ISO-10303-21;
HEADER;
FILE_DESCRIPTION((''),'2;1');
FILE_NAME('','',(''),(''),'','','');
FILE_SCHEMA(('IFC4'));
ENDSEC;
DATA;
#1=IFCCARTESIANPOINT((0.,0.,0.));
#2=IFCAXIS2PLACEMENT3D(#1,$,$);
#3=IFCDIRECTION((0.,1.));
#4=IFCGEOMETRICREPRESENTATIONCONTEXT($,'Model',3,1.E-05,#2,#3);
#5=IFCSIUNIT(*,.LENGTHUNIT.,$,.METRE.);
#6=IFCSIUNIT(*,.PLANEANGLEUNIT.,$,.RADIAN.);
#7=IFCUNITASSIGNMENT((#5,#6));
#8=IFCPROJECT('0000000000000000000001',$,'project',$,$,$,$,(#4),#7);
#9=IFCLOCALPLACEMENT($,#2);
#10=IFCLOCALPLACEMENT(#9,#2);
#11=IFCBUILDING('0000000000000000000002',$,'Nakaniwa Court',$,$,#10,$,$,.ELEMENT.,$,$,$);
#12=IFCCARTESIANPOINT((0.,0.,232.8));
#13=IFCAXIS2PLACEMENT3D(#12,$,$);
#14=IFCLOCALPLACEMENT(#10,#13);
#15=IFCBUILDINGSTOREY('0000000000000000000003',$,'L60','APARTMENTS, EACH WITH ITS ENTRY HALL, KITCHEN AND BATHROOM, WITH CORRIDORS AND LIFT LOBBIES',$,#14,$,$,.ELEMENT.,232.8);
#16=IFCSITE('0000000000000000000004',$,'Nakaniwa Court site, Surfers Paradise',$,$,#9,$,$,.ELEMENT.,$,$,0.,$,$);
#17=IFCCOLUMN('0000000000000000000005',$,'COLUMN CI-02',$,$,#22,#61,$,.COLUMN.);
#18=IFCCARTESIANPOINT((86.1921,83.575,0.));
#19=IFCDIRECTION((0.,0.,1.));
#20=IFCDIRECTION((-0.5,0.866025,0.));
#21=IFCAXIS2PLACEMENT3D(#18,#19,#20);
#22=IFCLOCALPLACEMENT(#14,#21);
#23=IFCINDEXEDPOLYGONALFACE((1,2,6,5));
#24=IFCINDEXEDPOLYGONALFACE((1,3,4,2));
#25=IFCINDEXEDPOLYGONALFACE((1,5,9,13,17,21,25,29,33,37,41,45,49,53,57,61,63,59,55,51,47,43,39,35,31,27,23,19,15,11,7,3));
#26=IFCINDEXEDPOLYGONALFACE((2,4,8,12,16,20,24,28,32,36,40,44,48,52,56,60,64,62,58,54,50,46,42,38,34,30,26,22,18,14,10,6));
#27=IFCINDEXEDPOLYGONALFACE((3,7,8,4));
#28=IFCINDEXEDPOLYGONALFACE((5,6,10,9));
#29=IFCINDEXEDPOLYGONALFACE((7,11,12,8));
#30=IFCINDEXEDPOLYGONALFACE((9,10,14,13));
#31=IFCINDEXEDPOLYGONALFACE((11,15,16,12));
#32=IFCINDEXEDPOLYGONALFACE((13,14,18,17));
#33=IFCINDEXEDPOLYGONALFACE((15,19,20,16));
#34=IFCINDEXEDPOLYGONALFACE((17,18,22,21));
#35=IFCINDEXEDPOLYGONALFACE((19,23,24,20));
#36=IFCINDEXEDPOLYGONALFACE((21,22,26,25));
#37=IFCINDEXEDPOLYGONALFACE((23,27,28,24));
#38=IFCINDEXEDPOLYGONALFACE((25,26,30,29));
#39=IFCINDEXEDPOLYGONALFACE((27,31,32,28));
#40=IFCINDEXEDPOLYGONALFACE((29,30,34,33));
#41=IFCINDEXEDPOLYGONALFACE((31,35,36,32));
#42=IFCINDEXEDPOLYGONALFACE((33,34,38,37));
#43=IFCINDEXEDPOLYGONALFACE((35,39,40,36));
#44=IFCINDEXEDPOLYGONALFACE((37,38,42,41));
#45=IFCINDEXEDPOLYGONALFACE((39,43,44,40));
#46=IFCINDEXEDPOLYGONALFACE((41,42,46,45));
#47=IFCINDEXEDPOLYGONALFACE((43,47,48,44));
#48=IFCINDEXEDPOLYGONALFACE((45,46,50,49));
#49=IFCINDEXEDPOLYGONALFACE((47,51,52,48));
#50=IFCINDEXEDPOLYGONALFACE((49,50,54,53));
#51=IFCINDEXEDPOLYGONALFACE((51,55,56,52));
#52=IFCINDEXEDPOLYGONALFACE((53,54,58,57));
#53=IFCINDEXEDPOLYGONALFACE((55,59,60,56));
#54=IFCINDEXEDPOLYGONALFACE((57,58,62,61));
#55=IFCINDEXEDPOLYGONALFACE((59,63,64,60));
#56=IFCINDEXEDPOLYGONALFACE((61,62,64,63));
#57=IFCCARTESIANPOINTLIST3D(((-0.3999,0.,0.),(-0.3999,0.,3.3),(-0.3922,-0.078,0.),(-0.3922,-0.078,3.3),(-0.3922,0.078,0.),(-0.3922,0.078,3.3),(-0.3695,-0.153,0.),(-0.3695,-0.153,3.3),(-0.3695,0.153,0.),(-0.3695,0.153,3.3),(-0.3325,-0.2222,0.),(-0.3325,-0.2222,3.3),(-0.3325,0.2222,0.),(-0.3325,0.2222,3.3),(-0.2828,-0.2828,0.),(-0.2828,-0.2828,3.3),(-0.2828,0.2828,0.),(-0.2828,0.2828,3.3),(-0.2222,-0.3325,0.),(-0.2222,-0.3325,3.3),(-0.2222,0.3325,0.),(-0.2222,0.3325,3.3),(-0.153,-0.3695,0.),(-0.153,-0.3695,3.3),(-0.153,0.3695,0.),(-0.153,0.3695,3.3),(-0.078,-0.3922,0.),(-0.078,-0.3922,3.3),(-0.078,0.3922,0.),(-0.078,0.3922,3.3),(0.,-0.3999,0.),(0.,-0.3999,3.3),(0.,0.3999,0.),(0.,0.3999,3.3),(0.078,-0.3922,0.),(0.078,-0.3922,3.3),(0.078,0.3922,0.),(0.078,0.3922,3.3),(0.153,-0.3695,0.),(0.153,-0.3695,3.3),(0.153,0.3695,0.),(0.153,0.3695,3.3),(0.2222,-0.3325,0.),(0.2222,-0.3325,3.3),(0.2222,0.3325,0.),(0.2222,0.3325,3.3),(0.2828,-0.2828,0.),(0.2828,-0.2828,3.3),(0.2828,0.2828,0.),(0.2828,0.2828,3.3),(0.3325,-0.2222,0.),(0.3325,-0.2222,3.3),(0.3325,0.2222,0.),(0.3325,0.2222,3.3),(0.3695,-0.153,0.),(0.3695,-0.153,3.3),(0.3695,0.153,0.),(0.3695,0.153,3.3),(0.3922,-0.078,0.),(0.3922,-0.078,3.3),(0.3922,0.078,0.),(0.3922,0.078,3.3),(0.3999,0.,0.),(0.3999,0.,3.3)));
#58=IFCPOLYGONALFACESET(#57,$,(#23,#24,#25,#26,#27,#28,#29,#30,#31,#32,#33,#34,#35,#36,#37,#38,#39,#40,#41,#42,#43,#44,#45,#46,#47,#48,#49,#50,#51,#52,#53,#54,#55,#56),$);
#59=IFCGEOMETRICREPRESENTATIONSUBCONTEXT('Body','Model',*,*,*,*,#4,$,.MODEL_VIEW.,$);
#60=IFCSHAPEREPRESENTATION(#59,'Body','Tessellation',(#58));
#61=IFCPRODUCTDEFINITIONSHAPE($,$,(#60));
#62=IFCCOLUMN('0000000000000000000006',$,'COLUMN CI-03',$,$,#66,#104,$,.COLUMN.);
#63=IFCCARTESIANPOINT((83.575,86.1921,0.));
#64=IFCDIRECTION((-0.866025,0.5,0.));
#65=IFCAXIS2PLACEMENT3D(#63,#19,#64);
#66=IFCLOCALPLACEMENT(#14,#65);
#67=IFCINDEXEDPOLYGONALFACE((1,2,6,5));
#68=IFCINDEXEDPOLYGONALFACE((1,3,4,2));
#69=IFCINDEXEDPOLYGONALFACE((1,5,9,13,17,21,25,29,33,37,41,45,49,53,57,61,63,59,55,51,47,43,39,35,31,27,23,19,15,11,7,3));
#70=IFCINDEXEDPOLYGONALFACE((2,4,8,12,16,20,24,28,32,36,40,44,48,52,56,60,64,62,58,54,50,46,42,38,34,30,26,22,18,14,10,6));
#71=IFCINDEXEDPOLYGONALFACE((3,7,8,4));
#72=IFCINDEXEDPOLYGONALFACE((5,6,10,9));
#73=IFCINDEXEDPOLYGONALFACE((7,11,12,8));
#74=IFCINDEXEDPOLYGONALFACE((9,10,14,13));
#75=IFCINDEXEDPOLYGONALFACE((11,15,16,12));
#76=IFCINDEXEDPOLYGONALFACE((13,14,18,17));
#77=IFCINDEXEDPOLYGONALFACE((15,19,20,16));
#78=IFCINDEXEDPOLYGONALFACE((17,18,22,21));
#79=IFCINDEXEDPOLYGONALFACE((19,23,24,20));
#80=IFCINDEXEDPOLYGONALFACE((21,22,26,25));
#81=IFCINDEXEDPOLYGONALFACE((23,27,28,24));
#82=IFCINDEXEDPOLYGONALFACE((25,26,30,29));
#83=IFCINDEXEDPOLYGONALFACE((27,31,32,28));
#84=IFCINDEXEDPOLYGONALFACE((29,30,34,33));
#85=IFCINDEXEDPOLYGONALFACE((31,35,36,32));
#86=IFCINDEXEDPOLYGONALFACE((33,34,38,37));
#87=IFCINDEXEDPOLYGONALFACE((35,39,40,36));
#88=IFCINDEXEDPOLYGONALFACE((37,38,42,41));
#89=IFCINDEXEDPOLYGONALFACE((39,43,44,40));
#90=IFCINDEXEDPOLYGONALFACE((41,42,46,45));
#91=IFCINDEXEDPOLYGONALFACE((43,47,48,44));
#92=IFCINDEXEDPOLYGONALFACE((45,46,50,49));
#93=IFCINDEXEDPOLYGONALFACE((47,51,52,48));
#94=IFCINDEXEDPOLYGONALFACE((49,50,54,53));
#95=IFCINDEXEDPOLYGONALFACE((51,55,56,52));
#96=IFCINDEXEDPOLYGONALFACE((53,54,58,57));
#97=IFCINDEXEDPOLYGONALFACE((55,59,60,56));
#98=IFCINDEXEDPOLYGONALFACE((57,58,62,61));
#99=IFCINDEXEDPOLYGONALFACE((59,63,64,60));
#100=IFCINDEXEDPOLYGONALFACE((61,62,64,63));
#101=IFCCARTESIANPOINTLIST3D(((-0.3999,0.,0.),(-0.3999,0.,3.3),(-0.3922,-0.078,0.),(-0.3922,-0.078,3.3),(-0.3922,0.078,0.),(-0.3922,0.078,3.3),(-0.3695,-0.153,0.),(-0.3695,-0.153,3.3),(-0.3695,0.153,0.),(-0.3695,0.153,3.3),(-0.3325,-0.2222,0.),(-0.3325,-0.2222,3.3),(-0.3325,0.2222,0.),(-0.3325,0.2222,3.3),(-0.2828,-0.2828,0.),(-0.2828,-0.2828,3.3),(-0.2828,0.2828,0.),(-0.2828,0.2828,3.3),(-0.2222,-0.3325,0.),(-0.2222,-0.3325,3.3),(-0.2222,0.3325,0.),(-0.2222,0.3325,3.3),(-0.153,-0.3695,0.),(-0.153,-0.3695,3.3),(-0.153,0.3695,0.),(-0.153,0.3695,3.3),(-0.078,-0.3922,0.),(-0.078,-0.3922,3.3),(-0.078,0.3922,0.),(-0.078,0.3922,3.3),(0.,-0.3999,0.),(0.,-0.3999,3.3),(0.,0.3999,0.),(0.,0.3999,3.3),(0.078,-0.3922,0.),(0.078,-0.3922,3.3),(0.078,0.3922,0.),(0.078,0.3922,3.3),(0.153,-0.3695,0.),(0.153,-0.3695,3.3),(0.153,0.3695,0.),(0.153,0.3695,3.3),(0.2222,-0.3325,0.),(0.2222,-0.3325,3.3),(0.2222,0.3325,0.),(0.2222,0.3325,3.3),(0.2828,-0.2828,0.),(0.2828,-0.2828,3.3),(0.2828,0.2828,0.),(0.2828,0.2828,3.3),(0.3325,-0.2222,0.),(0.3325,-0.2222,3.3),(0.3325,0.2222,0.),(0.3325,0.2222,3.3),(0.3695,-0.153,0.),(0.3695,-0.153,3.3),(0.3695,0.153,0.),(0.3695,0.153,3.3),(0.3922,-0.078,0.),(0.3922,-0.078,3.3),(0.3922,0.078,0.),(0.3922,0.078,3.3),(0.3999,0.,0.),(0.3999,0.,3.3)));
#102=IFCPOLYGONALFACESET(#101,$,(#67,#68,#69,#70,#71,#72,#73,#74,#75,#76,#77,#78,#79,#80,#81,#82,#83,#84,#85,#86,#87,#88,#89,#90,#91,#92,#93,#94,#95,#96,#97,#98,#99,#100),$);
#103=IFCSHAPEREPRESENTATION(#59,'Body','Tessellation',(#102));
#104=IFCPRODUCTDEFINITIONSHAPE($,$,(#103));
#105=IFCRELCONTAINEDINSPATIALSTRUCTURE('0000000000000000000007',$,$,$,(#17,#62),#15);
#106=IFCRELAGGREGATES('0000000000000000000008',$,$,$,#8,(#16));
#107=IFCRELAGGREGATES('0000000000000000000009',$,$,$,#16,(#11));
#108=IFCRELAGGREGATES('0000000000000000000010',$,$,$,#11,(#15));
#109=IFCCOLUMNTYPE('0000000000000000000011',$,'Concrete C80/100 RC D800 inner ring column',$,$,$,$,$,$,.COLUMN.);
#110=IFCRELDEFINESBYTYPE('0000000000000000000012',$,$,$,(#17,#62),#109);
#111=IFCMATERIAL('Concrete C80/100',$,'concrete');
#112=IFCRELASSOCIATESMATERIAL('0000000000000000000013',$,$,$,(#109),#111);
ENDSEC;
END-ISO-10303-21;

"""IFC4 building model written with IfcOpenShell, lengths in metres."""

from ifc_helpers import new_model, si_unit, direction, frame, origin, origin_2d, place, context, subcontext, project, spatial, circle, extrude, material, material_profile, profile_set, type_object, element, save


model = new_model("IFC4")

# Units and contexts
model_context = context("Model", 3, precision=1e-05, world=origin(), true_north=direction((0.0, 1.0)))
body_context = subcontext(model_context, "Body", "Model", "MODEL_VIEW")
ifc_project = project(units=[si_unit("LENGTHUNIT", "METRE"), si_unit("PLANEANGLEUNIT", "RADIAN")], contexts=[model_context])

# Site, building, storey
site_placement = place(None, origin())
site = spatial("IfcSite", under=ifc_project, at=site_placement, Name="Nakaniwa Court site, Surfers Paradise", CompositionType="ELEMENT", RefElevation=0.0)
building_placement = place(site_placement, origin())
building = spatial("IfcBuilding", under=site, at=building_placement, Name="Nakaniwa Court", CompositionType="ELEMENT")
storey_placement = place(building_placement, frame((0.0, 0.0, 232.8)))
storey = spatial("IfcBuildingStorey", under=building, at=storey_placement, Name="L60", Description="APARTMENTS, EACH WITH ITS ENTRY HALL, KITCHEN AND BATHROOM, WITH CORRIDORS AND LIFT LOBBIES", CompositionType="ELEMENT", Elevation=232.8)

# Columns
ifc_material_1 = material(Name="Concrete C80/100", Category="concrete")
ifc_material_profile_1 = material_profile(ifc_material_1, circle(Radius=0.3999, at=origin_2d()), Name="Concrete C80/100 RC D800 inner ring column")
ifc_profile_set_1 = profile_set([ifc_material_profile_1], Name="Concrete C80/100")
column_type_1 = type_object("IfcColumnType", Name="Concrete C80/100 RC D800 inner ring column", PredefinedType="COLUMN", material=ifc_profile_set_1)
for number, where, z_axis, x_axis, name in (
    (1, (86.1921, 83.575, 0.0), (0.0, 0.0, 1.0), (-0.5, 0.866025, 0.0), "COLUMN CI-02"),
    (2, (83.575, 86.1921, 0.0), (0.0, 0.0, 1.0), (-0.866025, 0.5, 0.0), "COLUMN CI-03"),
):
    element("IfcColumn", number, at=place(storey_placement, frame(where, z_axis=z_axis, x_axis=x_axis)), inside=storey, type_object=column_type_1, Name=name, PredefinedType="COLUMN", context=body_context, shape_type="SweptSolid", body=[
        extrude(circle(Radius=0.3999, at=origin_2d()), origin(), (0.0, 0.0, 1.0), 3.3),
    ])

save(model, "model.ifc")
